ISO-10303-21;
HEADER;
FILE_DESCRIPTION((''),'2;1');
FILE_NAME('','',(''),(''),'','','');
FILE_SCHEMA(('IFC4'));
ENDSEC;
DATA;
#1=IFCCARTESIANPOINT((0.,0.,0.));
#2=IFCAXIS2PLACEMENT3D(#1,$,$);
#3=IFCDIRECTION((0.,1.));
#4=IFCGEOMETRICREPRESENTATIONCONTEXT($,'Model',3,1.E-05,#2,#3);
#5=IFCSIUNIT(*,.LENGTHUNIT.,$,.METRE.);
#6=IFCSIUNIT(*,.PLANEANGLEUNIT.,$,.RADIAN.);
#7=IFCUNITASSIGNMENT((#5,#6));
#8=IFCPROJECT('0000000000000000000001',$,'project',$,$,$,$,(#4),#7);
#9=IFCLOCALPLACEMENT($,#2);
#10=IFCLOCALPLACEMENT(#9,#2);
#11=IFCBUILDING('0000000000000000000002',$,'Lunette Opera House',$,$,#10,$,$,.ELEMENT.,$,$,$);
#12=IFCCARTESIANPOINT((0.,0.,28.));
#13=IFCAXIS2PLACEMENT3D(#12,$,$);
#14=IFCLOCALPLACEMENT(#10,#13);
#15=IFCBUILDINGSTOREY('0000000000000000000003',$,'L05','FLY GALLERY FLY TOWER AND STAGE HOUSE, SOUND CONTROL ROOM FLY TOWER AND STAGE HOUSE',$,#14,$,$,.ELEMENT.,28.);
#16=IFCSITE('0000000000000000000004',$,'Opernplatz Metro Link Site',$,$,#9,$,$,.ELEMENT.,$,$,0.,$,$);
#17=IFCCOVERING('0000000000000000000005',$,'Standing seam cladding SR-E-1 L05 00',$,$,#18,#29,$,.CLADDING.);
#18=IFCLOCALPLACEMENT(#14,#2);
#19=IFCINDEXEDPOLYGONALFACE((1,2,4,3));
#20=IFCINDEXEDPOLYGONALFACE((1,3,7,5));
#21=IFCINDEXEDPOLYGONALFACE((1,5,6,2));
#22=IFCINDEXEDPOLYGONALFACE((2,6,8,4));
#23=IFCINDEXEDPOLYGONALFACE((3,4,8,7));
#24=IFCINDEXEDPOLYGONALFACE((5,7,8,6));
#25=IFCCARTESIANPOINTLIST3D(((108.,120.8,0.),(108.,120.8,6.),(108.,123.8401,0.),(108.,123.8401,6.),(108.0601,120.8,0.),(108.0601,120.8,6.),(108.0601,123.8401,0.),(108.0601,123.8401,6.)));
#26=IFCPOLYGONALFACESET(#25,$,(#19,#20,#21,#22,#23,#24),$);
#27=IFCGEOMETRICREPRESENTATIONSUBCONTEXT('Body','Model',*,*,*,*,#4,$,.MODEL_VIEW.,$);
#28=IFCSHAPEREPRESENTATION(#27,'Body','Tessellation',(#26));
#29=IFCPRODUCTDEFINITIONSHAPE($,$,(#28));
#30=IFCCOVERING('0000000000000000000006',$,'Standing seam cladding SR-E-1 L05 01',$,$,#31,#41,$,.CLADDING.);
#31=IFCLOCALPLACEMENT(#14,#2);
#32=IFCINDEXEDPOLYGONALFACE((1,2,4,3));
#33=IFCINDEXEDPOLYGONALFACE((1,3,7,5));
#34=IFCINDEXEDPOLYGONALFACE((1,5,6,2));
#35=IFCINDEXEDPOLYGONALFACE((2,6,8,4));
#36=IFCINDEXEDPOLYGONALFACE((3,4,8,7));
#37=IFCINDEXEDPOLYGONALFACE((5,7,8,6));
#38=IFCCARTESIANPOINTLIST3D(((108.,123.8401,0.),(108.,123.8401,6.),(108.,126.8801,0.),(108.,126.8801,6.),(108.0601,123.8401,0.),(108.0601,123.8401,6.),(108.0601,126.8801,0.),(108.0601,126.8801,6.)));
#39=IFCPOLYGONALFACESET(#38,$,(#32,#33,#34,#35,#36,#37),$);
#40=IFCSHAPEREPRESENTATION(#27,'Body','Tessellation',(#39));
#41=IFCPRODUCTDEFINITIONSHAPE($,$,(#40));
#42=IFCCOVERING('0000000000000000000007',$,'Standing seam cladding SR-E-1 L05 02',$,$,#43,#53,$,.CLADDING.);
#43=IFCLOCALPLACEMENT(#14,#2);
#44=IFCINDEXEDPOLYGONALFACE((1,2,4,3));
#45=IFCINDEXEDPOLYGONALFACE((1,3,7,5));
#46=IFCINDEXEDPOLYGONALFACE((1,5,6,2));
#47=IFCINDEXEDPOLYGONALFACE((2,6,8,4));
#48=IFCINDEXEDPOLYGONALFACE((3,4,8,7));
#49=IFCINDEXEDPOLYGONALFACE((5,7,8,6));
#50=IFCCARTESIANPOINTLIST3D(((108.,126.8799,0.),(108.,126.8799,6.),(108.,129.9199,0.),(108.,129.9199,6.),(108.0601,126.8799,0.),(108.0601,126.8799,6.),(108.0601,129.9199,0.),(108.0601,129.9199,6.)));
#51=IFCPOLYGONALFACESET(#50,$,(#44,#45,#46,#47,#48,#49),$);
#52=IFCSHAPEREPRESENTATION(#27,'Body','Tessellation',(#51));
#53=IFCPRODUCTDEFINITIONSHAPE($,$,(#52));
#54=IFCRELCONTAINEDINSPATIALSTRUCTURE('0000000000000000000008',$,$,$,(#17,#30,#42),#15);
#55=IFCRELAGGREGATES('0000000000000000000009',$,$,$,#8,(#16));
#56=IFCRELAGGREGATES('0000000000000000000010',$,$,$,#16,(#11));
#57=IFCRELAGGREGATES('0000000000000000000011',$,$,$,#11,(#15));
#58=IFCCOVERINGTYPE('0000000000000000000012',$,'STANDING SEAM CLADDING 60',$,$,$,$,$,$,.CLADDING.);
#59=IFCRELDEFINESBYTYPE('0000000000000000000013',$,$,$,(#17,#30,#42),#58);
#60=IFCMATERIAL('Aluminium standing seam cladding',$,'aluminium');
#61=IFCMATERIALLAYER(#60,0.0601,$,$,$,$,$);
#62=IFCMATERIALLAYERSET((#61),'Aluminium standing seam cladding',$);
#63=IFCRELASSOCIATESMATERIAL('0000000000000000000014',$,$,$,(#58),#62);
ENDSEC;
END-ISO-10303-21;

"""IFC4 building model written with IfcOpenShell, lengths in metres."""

from ifc_helpers import new_model, si_unit, direction, frame, origin, origin_2d, place, context, subcontext, project, spatial, rectangle, extrude, material, layer, layer_set, type_object, element, save


model = new_model("IFC4")

# Units and contexts
model_context = context("Model", 3, precision=1e-05, world=origin(), true_north=direction((0.0, 1.0)))
body_context = subcontext(model_context, "Body", "Model", "MODEL_VIEW")
ifc_project = project(units=[si_unit("LENGTHUNIT", "METRE"), si_unit("PLANEANGLEUNIT", "RADIAN")], contexts=[model_context])

# Site, building, storey
site_placement = place(None, origin())
site = spatial("IfcSite", under=ifc_project, at=site_placement, Name="Opernplatz Metro Link Site", CompositionType="ELEMENT", RefElevation=0.0)
building_placement = place(site_placement, origin())
building = spatial("IfcBuilding", under=site, at=building_placement, Name="Lunette Opera House", CompositionType="ELEMENT")
storey_placement = place(building_placement, frame((0.0, 0.0, 28.0)))
storey = spatial("IfcBuildingStorey", under=building, at=storey_placement, Name="L05", Description="FLY GALLERY FLY TOWER AND STAGE HOUSE, SOUND CONTROL ROOM FLY TOWER AND STAGE HOUSE", CompositionType="ELEMENT", Elevation=28.0)

# Coverings
ifc_material_1 = material(Name="Aluminium standing seam cladding", Category="aluminium")
ifc_layer_1 = layer(ifc_material_1, 0.0601)
ifc_layer_set_1 = layer_set([ifc_layer_1], Name="Aluminium standing seam cladding")
covering_type = type_object("IfcCoveringType", Name="STANDING SEAM CLADDING 60", PredefinedType="CLADDING", material=ifc_layer_set_1)
for number, where, z_axis, x_axis, name in (
    (1, (108.03, 122.3201, 0.0), (0.0, 0.0, 1.0), (0.0, 1.0, 0.0), "Standing seam cladding SR-E-1 L05 00"),
    (2, (108.03, 125.3601, 0.0), (0.0, 0.0, 1.0), (0.0, 1.0, 0.0), "Standing seam cladding SR-E-1 L05 01"),
    (3, (108.03, 128.3999, 0.0), (0.0, 0.0, 1.0), (0.0, 1.0, 0.0), "Standing seam cladding SR-E-1 L05 02"),
):
    element("IfcCovering", number, at=place(storey_placement, frame(where, z_axis=z_axis, x_axis=x_axis)), inside=storey, type_object=covering_type, Name=name, PredefinedType="CLADDING", context=body_context, shape_type="SweptSolid", body=[
        extrude(rectangle(XDim=3.04, YDim=0.0601, at=origin_2d()), origin(), (0.0, 0.0, 1.0), 6.0),
    ])

save(model, "model.ifc")
